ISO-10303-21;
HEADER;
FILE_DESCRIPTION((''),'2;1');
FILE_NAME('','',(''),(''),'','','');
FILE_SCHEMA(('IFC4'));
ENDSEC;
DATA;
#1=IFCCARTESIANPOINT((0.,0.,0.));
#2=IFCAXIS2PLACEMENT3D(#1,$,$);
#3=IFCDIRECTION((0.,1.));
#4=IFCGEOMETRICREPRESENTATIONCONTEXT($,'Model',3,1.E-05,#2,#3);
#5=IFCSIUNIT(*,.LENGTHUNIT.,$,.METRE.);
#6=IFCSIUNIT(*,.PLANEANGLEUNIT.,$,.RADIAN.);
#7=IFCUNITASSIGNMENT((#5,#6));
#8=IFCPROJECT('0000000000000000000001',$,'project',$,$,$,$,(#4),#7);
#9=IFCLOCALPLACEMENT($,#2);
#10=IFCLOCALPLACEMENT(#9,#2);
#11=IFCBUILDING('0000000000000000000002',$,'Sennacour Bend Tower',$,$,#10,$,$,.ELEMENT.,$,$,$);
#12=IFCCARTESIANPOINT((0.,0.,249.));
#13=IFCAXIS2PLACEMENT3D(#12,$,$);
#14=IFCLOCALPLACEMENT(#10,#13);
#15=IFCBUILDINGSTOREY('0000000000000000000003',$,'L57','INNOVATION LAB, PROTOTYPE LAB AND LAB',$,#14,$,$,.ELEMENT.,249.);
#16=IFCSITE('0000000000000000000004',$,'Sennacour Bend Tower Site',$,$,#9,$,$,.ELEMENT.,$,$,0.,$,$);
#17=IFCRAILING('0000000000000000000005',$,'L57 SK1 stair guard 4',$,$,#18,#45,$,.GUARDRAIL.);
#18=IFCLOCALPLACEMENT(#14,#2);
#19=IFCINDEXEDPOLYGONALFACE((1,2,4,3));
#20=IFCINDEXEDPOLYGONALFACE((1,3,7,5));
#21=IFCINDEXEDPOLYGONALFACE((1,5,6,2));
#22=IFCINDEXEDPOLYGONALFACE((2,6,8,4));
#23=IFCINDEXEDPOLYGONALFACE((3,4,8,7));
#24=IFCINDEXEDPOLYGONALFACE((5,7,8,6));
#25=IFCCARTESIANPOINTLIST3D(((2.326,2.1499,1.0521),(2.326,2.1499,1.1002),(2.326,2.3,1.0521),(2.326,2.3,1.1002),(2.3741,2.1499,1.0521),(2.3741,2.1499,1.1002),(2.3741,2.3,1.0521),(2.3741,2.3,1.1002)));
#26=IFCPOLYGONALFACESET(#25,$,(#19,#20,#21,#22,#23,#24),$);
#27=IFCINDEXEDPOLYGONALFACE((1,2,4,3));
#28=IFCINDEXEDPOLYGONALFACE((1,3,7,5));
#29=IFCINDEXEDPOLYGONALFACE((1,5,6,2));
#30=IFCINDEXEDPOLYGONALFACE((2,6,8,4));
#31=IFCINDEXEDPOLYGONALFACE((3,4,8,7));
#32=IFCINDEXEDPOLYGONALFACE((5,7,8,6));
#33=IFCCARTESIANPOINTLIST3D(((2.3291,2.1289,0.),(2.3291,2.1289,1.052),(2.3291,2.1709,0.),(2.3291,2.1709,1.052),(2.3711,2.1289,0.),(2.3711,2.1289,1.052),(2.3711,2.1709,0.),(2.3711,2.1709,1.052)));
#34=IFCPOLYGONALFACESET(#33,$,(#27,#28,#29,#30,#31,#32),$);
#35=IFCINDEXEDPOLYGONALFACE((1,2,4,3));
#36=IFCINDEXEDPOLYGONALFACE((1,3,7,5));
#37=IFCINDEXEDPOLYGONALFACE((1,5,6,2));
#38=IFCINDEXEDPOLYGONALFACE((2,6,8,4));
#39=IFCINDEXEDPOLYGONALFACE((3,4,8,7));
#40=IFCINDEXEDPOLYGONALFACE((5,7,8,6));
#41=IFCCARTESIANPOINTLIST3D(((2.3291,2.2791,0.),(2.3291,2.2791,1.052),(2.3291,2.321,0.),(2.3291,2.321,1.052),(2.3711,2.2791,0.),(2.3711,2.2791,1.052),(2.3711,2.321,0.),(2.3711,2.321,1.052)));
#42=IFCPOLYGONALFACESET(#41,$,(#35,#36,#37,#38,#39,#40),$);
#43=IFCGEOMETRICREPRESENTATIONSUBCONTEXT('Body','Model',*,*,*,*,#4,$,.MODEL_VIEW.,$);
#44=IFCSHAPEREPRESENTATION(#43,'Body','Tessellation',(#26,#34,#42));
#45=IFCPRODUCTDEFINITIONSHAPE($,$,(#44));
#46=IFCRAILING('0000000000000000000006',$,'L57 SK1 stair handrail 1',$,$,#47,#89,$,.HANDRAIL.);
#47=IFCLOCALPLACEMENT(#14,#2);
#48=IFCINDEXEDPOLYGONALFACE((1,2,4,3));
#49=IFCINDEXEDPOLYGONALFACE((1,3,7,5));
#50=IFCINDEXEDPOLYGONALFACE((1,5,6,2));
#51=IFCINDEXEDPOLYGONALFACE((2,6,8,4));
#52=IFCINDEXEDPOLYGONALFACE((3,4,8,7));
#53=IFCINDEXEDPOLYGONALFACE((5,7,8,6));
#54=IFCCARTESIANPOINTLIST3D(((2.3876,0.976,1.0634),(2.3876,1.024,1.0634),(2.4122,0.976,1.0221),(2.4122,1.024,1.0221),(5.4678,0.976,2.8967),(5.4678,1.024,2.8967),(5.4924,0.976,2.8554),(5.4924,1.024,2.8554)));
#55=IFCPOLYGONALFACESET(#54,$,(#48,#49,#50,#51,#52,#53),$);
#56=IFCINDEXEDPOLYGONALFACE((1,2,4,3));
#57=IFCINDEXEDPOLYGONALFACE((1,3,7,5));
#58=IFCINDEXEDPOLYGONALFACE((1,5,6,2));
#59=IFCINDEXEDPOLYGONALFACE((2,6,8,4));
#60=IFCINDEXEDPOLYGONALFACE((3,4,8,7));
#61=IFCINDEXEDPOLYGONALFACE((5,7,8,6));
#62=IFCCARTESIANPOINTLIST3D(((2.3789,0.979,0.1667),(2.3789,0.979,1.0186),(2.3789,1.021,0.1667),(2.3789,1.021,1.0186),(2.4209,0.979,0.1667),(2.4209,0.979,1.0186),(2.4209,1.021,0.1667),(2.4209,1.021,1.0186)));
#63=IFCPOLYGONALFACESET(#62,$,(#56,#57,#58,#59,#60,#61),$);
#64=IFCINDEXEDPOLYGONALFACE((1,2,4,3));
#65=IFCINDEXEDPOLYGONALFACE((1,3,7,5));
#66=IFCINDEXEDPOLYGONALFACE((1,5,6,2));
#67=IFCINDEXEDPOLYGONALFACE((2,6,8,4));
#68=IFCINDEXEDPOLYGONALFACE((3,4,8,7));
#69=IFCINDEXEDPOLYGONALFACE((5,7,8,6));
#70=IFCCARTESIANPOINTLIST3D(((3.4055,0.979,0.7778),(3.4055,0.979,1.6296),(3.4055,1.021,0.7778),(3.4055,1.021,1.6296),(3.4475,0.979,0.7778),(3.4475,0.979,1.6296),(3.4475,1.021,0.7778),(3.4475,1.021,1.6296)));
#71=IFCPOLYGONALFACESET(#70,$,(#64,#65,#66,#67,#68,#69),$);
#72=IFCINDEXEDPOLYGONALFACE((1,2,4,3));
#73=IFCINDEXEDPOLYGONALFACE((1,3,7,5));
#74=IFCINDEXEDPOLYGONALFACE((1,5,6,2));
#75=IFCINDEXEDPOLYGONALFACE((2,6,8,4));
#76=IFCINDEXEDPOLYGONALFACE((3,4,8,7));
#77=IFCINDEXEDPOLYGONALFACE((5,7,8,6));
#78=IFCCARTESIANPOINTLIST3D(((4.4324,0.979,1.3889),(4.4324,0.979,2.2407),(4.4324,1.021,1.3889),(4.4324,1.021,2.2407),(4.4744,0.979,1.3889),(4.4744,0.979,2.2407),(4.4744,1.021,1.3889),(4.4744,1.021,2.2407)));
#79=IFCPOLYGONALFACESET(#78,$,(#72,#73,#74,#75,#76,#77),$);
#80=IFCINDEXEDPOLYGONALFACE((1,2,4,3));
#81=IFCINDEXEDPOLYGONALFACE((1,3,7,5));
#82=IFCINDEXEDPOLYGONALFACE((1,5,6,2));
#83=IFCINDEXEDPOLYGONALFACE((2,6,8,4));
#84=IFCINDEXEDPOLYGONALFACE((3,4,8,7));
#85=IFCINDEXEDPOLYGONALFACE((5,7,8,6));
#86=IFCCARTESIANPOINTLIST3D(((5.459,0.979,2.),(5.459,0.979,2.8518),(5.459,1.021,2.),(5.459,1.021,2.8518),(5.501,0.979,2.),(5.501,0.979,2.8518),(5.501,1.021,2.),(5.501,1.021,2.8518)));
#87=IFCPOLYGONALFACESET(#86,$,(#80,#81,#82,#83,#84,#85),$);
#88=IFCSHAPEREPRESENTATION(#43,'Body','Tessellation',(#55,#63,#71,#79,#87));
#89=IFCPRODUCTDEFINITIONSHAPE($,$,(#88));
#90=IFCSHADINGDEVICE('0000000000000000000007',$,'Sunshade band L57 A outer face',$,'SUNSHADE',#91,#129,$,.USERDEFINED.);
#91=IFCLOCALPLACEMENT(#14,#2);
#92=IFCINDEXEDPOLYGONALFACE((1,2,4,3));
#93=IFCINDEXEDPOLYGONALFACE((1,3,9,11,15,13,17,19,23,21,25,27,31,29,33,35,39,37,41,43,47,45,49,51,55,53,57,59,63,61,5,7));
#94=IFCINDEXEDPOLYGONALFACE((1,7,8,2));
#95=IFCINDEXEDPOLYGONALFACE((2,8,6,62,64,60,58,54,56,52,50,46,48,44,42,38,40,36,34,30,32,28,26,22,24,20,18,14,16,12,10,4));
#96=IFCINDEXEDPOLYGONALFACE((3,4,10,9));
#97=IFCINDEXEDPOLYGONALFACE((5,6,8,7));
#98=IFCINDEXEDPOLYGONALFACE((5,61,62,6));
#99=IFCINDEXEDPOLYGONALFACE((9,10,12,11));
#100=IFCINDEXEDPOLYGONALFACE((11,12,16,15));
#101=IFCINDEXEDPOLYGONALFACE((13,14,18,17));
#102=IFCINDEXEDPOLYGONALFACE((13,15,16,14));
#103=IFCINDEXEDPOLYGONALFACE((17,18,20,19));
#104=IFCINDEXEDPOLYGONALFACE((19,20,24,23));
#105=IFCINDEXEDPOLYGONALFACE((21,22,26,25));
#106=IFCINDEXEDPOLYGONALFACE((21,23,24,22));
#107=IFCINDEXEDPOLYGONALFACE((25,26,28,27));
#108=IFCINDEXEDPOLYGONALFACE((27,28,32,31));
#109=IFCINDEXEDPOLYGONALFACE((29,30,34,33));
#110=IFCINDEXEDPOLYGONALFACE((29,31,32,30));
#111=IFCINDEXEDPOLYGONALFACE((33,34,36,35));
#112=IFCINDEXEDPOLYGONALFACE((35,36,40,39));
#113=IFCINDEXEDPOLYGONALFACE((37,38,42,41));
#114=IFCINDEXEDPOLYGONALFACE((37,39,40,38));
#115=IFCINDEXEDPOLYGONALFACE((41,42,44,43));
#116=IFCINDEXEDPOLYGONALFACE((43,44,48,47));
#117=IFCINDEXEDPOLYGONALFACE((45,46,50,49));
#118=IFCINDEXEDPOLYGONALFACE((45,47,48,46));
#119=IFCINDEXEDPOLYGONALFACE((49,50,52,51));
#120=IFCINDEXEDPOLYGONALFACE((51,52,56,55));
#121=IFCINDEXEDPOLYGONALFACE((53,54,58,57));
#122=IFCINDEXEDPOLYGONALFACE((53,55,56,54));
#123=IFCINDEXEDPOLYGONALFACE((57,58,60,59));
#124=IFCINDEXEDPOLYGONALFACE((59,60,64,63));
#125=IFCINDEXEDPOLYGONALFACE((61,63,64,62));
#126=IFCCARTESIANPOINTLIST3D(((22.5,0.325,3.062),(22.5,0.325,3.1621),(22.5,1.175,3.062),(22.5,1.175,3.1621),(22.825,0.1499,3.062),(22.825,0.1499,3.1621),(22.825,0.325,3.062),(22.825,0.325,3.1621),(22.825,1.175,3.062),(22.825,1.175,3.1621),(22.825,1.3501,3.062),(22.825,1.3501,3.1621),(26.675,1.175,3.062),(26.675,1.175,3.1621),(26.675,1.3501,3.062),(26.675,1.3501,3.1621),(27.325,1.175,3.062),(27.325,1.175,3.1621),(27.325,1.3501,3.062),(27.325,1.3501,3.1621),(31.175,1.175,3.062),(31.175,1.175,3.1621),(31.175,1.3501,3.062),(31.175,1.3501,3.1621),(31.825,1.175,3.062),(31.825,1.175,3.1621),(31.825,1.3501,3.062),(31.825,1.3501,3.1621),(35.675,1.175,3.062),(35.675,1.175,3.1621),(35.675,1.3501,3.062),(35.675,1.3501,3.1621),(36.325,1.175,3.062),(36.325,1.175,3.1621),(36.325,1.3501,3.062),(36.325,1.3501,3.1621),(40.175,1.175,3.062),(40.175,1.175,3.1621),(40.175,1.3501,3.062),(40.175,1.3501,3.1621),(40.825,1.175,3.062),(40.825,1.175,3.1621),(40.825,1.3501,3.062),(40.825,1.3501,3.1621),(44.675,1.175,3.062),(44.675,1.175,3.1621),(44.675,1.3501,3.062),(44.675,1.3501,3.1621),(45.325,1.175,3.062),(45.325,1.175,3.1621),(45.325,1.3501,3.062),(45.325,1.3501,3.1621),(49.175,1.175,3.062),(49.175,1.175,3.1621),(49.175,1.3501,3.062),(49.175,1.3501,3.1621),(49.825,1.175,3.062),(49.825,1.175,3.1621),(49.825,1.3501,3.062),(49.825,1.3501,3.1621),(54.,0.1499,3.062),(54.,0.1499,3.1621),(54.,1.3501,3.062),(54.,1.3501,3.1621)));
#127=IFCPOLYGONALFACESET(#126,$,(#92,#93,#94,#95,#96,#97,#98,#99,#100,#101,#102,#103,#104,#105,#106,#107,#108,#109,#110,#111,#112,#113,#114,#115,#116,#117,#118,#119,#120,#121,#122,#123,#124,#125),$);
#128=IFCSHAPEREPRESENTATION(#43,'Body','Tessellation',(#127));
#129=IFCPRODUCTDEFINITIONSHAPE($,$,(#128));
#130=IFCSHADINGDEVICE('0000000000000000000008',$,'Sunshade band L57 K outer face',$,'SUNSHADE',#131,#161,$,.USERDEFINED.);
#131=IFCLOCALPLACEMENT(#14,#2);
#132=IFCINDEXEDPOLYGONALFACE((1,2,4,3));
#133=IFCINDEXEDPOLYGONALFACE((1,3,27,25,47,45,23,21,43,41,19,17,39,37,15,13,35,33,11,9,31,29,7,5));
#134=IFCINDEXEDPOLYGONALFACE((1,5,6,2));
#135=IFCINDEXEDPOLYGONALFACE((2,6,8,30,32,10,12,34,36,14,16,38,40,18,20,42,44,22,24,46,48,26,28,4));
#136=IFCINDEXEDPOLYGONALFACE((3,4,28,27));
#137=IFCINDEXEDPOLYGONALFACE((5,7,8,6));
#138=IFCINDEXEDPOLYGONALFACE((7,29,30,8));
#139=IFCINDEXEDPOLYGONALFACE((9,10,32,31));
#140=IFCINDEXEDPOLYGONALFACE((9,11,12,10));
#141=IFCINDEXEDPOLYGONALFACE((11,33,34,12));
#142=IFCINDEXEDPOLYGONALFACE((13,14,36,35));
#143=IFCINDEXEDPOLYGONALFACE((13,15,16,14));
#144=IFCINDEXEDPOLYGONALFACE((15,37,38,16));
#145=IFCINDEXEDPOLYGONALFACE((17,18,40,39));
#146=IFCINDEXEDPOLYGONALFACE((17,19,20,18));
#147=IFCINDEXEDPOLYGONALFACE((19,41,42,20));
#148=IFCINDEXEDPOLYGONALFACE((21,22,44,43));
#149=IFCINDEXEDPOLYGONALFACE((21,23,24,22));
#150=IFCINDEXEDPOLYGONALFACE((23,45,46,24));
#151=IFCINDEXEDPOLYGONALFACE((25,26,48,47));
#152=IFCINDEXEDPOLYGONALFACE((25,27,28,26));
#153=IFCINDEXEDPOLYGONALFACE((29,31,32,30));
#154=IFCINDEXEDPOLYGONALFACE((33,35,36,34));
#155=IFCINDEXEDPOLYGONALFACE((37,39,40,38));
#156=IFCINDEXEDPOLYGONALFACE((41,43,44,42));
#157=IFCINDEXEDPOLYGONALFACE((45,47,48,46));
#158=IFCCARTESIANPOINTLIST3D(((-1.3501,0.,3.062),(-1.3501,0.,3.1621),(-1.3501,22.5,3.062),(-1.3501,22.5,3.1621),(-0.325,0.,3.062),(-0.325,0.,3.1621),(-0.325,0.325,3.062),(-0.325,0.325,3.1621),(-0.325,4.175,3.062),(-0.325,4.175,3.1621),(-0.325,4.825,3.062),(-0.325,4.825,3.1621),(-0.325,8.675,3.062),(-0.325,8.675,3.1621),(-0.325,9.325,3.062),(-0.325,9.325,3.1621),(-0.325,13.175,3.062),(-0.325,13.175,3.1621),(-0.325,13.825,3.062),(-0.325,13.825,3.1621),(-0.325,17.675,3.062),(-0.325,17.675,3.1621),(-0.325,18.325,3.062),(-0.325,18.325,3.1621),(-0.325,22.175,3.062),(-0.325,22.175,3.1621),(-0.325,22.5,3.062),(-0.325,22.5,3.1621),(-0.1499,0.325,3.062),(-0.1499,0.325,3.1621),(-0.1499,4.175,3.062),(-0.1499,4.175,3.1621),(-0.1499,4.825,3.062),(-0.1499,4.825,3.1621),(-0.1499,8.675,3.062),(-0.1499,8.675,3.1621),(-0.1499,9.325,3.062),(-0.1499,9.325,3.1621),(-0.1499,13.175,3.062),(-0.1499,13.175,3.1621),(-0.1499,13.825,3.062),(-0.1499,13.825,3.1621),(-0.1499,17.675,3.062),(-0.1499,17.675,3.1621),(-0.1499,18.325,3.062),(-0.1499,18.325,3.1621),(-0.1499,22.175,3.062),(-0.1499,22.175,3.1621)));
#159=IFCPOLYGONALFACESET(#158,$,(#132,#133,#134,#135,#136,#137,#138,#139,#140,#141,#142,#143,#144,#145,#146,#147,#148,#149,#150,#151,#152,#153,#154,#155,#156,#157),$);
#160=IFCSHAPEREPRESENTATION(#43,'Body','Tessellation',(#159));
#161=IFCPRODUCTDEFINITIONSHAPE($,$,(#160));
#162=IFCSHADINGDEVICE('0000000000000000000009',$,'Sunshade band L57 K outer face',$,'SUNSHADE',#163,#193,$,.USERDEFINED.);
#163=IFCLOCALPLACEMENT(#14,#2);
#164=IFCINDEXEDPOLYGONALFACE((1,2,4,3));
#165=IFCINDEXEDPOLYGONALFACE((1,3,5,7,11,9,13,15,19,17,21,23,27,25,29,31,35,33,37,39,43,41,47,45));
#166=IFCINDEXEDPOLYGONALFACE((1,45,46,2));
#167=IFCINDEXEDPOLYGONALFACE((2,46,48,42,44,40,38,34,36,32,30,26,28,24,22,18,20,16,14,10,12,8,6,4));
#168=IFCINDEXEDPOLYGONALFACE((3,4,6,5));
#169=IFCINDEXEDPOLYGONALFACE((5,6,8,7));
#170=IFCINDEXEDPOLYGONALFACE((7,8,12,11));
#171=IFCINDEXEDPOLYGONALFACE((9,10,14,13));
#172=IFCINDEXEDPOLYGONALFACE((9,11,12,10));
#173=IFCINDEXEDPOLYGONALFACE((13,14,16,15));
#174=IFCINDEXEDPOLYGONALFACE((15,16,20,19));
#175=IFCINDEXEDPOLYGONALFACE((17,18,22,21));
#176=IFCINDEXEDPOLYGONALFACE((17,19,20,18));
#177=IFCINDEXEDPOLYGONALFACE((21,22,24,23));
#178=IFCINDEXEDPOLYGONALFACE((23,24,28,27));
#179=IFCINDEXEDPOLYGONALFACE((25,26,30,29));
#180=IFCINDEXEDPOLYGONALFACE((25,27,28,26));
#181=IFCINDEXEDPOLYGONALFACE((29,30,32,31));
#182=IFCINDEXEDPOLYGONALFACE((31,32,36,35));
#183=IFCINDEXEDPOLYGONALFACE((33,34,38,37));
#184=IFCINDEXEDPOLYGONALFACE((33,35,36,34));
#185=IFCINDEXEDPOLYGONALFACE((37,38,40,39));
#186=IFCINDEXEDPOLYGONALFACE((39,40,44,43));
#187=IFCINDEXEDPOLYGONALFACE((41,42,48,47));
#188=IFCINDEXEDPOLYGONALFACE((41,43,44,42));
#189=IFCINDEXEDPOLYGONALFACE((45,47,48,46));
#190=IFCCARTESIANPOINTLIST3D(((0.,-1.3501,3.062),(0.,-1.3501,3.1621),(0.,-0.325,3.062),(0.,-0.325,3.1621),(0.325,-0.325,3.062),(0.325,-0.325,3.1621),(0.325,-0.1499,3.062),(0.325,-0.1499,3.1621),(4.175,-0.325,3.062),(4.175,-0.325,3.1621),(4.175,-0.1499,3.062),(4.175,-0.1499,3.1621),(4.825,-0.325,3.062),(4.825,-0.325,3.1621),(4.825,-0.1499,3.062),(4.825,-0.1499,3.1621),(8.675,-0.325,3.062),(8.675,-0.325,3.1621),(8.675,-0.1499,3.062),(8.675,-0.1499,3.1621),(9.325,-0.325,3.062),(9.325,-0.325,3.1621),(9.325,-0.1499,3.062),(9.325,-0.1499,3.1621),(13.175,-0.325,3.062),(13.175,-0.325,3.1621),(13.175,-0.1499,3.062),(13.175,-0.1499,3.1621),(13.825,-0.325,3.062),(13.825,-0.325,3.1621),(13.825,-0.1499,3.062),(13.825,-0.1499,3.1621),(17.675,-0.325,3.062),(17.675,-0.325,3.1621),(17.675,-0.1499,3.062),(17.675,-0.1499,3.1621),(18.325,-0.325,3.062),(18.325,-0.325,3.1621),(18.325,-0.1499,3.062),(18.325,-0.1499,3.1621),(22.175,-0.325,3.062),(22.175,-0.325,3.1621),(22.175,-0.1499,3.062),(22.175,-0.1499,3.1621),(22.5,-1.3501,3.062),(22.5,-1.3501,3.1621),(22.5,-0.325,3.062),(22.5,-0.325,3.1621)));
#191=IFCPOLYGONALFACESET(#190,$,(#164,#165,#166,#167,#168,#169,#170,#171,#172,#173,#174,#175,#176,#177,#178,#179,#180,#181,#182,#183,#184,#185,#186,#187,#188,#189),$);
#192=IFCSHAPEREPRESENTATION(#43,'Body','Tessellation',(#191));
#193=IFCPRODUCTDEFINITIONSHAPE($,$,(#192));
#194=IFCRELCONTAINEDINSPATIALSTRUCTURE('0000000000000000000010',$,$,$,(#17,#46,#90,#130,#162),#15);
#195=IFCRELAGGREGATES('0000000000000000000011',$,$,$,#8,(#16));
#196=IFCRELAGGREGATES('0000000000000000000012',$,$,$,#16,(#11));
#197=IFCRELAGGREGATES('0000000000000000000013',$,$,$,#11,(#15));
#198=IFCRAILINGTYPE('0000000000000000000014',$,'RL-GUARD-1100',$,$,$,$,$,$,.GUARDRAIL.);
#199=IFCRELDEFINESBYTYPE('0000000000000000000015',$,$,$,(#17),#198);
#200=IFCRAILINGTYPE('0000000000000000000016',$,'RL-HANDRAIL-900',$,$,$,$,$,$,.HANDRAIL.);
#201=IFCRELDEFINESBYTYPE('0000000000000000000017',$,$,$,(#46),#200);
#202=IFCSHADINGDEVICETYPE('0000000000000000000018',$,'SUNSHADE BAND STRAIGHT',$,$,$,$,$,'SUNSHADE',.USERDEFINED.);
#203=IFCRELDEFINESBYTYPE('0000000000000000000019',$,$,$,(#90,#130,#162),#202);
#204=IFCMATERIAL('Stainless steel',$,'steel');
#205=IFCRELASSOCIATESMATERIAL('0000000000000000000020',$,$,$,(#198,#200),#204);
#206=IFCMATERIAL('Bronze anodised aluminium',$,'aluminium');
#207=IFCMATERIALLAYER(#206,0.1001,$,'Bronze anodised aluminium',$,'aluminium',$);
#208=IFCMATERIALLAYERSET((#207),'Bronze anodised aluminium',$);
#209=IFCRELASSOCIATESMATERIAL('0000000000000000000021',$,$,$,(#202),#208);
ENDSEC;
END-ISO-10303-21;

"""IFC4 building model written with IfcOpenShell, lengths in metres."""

from ifc_helpers import new_model, si_unit, direction, frame, origin, origin_2d, place, context, subcontext, project, spatial, polyline, rectangle, outline, extrude, material, layer, layer_set, type_object, element, save


model = new_model("IFC4")

# Units and contexts
model_context = context("Model", 3, precision=1e-05, world=origin(), true_north=direction((0.0, 1.0)))
body_context = subcontext(model_context, "Body", "Model", "MODEL_VIEW")
ifc_project = project(units=[si_unit("LENGTHUNIT", "METRE"), si_unit("PLANEANGLEUNIT", "RADIAN")], contexts=[model_context])

# Site, building, storey
site_placement = place(None, origin())
site = spatial("IfcSite", under=ifc_project, at=site_placement, Name="Sennacour Bend Tower Site", CompositionType="ELEMENT", RefElevation=0.0)
building_placement = place(site_placement, origin())
building = spatial("IfcBuilding", under=site, at=building_placement, Name="Sennacour Bend Tower", CompositionType="ELEMENT")
storey_placement = place(building_placement, frame((0.0, 0.0, 249.0)))
storey = spatial("IfcBuildingStorey", under=building, at=storey_placement, Name="L57", Description="INNOVATION LAB, PROTOTYPE LAB AND LAB", CompositionType="ELEMENT", Elevation=249.0)

# Railings
ifc_material_1 = material(Name="Stainless steel", Category="steel")
railing_type_1 = type_object("IfcRailingType", Name="RL-GUARD-1100", PredefinedType="GUARDRAIL", material=ifc_material_1)
railing_1_placement = place(storey_placement, frame((2.3501, 2.1499, 0.0)))
element("IfcRailing", 1, at=railing_1_placement, inside=storey, type_object=railing_type_1, Name="L57 SK1 stair guard 4", PredefinedType="GUARDRAIL", context=body_context, shape_type="SweptSolid", body=[
    extrude(rectangle(XDim=0.0481, YDim=0.0481, at=origin_2d()), frame((0.0, 0.0, 1.0762), z_axis=(0.0, 1.0, 0.0), x_axis=(-1.0, 0.0, 0.0)), (0.0, 0.0, 1.0), 0.1501),
    extrude(rectangle(XDim=0.042, YDim=0.042, at=origin_2d()), origin(), (0.0, 0.0, 1.0), 1.052),
    extrude(rectangle(XDim=0.042, YDim=0.042, at=origin_2d()), frame((0.0, 0.1501, 0.0)), (0.0, 0.0, 1.0), 1.052),
])
railing_type_2 = type_object("IfcRailingType", Name="RL-HANDRAIL-900", PredefinedType="HANDRAIL", material=ifc_material_1)
railing_2_placement = place(storey_placement, frame((2.3999, 1.0, 0.1667)))
element("IfcRailing", 2, at=railing_2_placement, inside=storey, type_object=railing_type_2, Name="L57 SK1 stair handrail 1", PredefinedType="HANDRAIL", context=body_context, shape_type="SweptSolid", body=[
    extrude(rectangle(XDim=0.0481, YDim=0.0481, at=origin_2d()), frame((0.0, 0.0, 0.876), z_axis=(0.859309, 0.0, 0.511458), x_axis=(0.0, 1.0, 0.0)), (0.0, 0.0, 1.0), 3.5845),
    extrude(rectangle(XDim=0.042, YDim=0.042, at=origin_2d()), origin(), (0.0, 0.0, 1.0), 0.8518),
    extrude(rectangle(XDim=0.042, YDim=0.042, at=origin_2d()), frame((1.0266, 0.0, 0.6111)), (0.0, 0.0, 1.0), 0.8518),
    extrude(rectangle(XDim=0.042, YDim=0.042, at=origin_2d()), frame((2.0535, 0.0, 1.2222)), (0.0, 0.0, 1.0), 0.8518),
    extrude(rectangle(XDim=0.042, YDim=0.042, at=origin_2d()), frame((3.0801, 0.0, 1.8333)), (0.0, 0.0, 1.0), 0.8518),
])

# Shading devices
ifc_material_2 = material(Name="Bronze anodised aluminium", Category="aluminium")
ifc_layer_1 = layer(ifc_material_2, 0.1001, Name="Bronze anodised aluminium", Category="aluminium")
ifc_layer_set_1 = layer_set([ifc_layer_1], Name="Bronze anodised aluminium")
shading_device_type_1 = type_object("IfcShadingDeviceType", Name="SUNSHADE BAND STRAIGHT", ElementType="SUNSHADE", PredefinedType="USERDEFINED", material=ifc_layer_set_1)
shading_device_1_placement = place(storey_placement, frame((0.0, 0.0, 3.062)))
element("IfcShadingDevice", 3, at=shading_device_1_placement, inside=storey, type_object=shading_device_type_1, Name="Sunshade band L57 A outer face", ObjectType="SUNSHADE", PredefinedType="USERDEFINED", context=body_context, shape_type="SweptSolid", body=[
    extrude(outline(polyline([(26.675, 1.3501), (26.675, 1.175), (27.325, 1.175), (27.325, 1.3501), (31.175, 1.3501), (31.175, 1.175), (31.825, 1.175), (31.825, 1.3501), (35.675, 1.3501), (35.675, 1.175), (36.325, 1.175), (36.325, 1.3501), (40.175, 1.3501), (40.175, 1.175), (40.825, 1.175), (40.825, 1.3501), (44.675, 1.3501), (44.675, 1.175), (45.325, 1.175), (45.325, 1.3501), (49.175, 1.3501), (49.175, 1.175), (49.825, 1.175), (49.825, 1.3501), (54.0, 1.3501), (54.0, 0.1499), (22.825, 0.1499), (22.825, 0.325), (22.5, 0.325), (22.5, 1.175), (22.825, 1.175), (22.825, 1.3501), (26.675, 1.3501)])), origin(), (0.0, 0.0, 1.0), 0.1001),
])
shading_device_2_placement = place(storey_placement, frame((0.0, 0.0, 3.062)))
element("IfcShadingDevice", 4, at=shading_device_2_placement, inside=storey, type_object=shading_device_type_1, Name="Sunshade band L57 K outer face", ObjectType="SUNSHADE", PredefinedType="USERDEFINED", context=body_context, shape_type="SweptSolid", body=[
    extrude(outline(polyline([(-0.1499, 18.325), (-0.325, 18.325), (-0.325, 17.675), (-0.1499, 17.675), (-0.1499, 13.825), (-0.325, 13.825), (-0.325, 13.175), (-0.1499, 13.175), (-0.1499, 9.325), (-0.325, 9.325), (-0.325, 8.675), (-0.1499, 8.675), (-0.1499, 4.825), (-0.325, 4.825), (-0.325, 4.175), (-0.1499, 4.175), (-0.1499, 0.325), (-0.325, 0.325), (-0.325, 0.0), (-1.3501, 0.0), (-1.3501, 22.5), (-0.325, 22.5), (-0.325, 22.175), (-0.1499, 22.175), (-0.1499, 18.325)])), origin(), (0.0, 0.0, 1.0), 0.1001),
])
shading_device_3_placement = place(storey_placement, frame((0.0, 0.0, 3.062)))
element("IfcShadingDevice", 5, at=shading_device_3_placement, inside=storey, type_object=shading_device_type_1, Name="Sunshade band L57 K outer face", ObjectType="SUNSHADE", PredefinedType="USERDEFINED", context=body_context, shape_type="SweptSolid", body=[
    extrude(outline(polyline([(4.175, -0.1499), (4.175, -0.325), (4.825, -0.325), (4.825, -0.1499), (8.675, -0.1499), (8.675, -0.325), (9.325, -0.325), (9.325, -0.1499), (13.175, -0.1499), (13.175, -0.325), (13.825, -0.325), (13.825, -0.1499), (17.675, -0.1499), (17.675, -0.325), (18.325, -0.325), (18.325, -0.1499), (22.175, -0.1499), (22.175, -0.325), (22.5, -0.325), (22.5, -1.3501), (0.0, -1.3501), (0.0, -0.325), (0.325, -0.325), (0.325, -0.1499), (4.175, -0.1499)])), origin(), (0.0, 0.0, 1.0), 0.1001),
])

save(model, "model.ifc")
